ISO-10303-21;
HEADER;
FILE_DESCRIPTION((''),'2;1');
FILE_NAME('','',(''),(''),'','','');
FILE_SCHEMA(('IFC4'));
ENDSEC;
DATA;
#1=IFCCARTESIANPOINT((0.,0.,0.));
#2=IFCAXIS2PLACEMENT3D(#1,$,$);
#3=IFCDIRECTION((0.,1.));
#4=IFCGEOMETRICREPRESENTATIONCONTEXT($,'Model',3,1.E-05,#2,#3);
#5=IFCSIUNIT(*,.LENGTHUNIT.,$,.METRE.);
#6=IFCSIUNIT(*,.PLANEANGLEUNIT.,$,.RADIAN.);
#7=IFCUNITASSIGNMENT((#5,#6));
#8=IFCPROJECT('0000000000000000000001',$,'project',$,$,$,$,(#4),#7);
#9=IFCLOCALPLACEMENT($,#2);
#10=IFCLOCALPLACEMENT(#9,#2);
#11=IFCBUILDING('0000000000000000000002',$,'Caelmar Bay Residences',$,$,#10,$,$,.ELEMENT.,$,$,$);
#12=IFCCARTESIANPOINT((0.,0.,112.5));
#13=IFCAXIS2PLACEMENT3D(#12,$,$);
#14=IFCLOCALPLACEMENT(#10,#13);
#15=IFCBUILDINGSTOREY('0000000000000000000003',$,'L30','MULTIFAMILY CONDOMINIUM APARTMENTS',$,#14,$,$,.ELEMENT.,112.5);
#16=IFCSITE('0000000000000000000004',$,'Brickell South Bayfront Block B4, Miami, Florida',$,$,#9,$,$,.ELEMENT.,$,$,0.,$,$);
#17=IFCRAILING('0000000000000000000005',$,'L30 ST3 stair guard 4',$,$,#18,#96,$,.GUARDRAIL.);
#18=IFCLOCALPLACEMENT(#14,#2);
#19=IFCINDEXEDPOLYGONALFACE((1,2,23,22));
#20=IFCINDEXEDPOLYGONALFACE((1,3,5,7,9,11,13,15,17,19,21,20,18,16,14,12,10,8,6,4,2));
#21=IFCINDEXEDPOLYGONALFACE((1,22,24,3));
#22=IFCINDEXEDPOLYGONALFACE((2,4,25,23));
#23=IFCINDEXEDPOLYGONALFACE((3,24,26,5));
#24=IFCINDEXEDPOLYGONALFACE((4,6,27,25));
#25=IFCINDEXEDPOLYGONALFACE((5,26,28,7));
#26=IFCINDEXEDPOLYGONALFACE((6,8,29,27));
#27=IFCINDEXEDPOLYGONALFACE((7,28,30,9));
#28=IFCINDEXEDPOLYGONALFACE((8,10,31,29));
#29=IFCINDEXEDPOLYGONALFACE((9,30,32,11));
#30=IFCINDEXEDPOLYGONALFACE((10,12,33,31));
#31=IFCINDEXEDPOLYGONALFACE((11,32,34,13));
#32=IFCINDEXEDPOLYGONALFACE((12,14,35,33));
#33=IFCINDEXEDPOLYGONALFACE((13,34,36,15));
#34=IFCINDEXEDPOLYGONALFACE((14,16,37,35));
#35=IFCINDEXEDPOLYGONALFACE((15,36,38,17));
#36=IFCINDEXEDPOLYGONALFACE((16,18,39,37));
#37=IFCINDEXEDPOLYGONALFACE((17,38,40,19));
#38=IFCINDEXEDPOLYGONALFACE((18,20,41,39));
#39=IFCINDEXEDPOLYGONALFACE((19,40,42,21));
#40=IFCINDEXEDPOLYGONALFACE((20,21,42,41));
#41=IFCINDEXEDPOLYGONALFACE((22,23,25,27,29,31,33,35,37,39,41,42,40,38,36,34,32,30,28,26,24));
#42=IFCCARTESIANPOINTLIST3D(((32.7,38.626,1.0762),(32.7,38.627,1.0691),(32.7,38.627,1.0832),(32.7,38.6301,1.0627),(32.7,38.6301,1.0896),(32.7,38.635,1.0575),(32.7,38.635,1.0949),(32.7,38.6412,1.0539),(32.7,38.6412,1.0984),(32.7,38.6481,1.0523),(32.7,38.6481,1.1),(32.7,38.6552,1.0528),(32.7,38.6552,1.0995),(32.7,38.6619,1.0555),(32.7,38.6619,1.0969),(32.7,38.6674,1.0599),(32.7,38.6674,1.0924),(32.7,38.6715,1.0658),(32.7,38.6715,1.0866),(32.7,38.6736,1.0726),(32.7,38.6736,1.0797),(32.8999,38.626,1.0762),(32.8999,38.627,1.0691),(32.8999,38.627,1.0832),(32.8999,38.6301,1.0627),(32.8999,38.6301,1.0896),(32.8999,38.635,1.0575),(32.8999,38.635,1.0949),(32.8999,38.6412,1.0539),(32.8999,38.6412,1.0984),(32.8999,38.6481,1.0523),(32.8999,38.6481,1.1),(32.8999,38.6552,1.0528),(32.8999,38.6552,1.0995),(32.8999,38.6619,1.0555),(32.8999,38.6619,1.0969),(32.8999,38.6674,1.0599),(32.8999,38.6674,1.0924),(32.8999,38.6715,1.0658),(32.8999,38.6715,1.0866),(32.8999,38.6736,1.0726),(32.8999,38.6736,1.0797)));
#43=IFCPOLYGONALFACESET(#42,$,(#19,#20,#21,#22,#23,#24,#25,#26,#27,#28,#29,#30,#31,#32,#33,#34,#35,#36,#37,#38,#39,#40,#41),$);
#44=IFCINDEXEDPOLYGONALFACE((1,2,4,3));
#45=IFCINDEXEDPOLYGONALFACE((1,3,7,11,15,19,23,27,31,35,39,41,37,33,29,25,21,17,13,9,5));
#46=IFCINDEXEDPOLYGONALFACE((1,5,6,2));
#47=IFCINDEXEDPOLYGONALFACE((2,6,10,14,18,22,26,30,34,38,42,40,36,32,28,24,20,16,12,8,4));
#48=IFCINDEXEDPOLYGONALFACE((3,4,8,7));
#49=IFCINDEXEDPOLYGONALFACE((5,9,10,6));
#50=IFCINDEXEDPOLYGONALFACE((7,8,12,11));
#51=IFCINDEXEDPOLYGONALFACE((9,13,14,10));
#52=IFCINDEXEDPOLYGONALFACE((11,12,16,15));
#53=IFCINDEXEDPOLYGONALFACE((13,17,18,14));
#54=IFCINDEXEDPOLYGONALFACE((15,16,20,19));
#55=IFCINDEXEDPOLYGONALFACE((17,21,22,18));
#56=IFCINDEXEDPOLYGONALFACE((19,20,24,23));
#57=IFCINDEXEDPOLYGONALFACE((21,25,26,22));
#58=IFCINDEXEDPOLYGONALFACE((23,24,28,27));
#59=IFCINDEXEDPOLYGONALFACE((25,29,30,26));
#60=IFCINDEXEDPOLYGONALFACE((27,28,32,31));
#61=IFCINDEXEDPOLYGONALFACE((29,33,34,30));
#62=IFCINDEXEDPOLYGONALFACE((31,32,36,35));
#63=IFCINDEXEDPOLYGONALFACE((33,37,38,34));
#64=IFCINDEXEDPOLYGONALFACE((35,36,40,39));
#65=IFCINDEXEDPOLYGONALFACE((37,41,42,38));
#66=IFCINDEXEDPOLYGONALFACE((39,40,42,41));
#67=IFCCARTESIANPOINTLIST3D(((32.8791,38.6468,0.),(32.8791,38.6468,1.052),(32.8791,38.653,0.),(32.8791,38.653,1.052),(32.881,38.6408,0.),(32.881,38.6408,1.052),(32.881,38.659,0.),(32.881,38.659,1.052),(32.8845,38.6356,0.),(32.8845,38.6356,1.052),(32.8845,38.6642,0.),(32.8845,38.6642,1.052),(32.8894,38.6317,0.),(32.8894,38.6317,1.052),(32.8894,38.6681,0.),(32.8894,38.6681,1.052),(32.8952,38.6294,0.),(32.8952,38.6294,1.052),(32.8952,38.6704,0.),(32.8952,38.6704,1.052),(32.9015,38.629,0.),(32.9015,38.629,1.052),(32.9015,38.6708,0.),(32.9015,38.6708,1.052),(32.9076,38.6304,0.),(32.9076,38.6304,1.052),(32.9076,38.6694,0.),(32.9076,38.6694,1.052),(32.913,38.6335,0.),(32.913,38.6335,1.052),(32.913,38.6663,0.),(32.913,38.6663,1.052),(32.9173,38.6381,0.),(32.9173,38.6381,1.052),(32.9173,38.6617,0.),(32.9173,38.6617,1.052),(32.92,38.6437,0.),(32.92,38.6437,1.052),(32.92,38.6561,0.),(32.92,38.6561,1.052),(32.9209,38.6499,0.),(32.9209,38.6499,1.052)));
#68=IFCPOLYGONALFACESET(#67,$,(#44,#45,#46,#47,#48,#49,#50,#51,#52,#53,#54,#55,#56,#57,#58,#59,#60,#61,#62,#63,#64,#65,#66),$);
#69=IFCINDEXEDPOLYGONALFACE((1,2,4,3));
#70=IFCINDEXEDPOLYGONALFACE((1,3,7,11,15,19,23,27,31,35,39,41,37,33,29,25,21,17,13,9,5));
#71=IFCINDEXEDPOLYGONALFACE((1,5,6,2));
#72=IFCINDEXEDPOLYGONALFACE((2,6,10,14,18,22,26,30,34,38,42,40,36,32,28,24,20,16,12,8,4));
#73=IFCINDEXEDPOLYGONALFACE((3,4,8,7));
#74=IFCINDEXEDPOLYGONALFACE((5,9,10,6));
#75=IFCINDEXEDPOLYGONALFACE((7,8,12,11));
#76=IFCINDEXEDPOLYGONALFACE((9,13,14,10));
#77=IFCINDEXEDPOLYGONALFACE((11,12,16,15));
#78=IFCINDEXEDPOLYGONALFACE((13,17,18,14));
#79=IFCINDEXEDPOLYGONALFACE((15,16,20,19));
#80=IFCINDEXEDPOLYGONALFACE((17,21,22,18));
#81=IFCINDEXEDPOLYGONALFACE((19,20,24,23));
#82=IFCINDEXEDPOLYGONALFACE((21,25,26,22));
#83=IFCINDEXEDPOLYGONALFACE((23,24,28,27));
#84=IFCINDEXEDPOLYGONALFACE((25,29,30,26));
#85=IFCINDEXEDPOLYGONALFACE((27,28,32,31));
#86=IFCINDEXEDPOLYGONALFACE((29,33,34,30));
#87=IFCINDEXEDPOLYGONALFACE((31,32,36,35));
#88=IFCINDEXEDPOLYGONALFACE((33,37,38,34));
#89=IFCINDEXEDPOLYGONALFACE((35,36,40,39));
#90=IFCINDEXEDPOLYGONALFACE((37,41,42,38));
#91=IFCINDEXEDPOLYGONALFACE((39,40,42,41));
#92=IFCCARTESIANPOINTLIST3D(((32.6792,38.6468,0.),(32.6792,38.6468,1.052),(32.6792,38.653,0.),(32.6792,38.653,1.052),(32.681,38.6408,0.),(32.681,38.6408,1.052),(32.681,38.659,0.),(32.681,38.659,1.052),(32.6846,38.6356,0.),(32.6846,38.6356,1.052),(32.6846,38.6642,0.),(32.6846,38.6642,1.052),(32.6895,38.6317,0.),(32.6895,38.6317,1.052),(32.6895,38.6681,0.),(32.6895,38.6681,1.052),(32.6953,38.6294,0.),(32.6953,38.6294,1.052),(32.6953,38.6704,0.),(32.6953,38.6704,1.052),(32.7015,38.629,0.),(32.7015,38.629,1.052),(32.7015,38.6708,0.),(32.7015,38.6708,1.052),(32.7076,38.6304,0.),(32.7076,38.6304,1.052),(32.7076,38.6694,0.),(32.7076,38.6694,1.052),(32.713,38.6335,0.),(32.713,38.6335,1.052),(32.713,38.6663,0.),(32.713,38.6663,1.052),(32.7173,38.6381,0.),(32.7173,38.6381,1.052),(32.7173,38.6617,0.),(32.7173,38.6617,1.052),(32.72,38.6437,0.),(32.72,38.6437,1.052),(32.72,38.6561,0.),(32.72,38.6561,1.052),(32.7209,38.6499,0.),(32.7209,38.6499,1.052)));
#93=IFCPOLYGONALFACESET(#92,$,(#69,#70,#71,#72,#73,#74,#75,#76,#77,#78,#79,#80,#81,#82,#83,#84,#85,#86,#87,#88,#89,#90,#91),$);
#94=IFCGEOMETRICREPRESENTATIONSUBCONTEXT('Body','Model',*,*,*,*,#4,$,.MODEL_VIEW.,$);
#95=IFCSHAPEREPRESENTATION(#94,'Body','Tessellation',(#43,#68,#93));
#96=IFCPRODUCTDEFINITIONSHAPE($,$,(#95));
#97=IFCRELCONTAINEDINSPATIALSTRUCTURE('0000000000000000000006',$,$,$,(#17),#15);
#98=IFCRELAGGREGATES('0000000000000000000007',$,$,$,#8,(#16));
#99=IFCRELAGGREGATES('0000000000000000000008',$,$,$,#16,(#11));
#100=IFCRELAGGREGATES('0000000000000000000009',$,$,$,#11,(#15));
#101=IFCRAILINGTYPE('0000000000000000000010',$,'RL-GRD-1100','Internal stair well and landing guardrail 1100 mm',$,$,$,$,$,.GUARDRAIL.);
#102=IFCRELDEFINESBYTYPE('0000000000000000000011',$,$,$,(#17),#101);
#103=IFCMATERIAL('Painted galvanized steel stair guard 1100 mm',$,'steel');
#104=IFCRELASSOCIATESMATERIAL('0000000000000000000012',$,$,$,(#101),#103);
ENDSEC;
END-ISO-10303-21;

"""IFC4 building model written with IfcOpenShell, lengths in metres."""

from ifc_helpers import new_model, si_unit, direction, frame, origin, origin_2d, place, context, subcontext, project, spatial, circle, extrude, material, type_object, element, save


model = new_model("IFC4")

# Units and contexts
model_context = context("Model", 3, precision=1e-05, world=origin(), true_north=direction((0.0, 1.0)))
body_context = subcontext(model_context, "Body", "Model", "MODEL_VIEW")
ifc_project = project(units=[si_unit("LENGTHUNIT", "METRE"), si_unit("PLANEANGLEUNIT", "RADIAN")], contexts=[model_context])

# Site, building, storey
site_placement = place(None, origin())
site = spatial("IfcSite", under=ifc_project, at=site_placement, Name="Brickell South Bayfront Block B4, Miami, Florida", CompositionType="ELEMENT", RefElevation=0.0)
building_placement = place(site_placement, origin())
building = spatial("IfcBuilding", under=site, at=building_placement, Name="Caelmar Bay Residences", CompositionType="ELEMENT")
storey_placement = place(building_placement, frame((0.0, 0.0, 112.5)))
storey = spatial("IfcBuildingStorey", under=building, at=storey_placement, Name="L30", Description="MULTIFAMILY CONDOMINIUM APARTMENTS", CompositionType="ELEMENT", Elevation=112.5)

# Railing
ifc_material_1 = material(Name="Painted galvanized steel stair guard 1100 mm", Category="steel")
railing_type_1 = type_object("IfcRailingType", Name="RL-GRD-1100", Description="Internal stair well and landing guardrail 1100 mm", PredefinedType="GUARDRAIL", material=ifc_material_1)
railing_1_placement = place(storey_placement, frame((32.8999, 38.6499, 0.0)))
element("IfcRailing", 1, at=railing_1_placement, inside=storey, type_object=railing_type_1, Name="L30 ST3 stair guard 4", PredefinedType="GUARDRAIL", context=body_context, shape_type="SweptSolid", body=[
    extrude(circle(Radius=0.0239, at=origin_2d()), frame((0.0, 0.0, 1.0762), z_axis=(-1.0, 0.0, 0.0), x_axis=(0.0, -1.0, 0.0)), (0.0, 0.0, 1.0), 0.2),
    extrude(circle(Radius=0.021, at=origin_2d()), origin(), (0.0, 0.0, 1.0), 1.052),
    extrude(circle(Radius=0.021, at=origin_2d()), frame((-0.2, 0.0, 0.0)), (0.0, 0.0, 1.0), 1.052),
])

save(model, "model.ifc")
